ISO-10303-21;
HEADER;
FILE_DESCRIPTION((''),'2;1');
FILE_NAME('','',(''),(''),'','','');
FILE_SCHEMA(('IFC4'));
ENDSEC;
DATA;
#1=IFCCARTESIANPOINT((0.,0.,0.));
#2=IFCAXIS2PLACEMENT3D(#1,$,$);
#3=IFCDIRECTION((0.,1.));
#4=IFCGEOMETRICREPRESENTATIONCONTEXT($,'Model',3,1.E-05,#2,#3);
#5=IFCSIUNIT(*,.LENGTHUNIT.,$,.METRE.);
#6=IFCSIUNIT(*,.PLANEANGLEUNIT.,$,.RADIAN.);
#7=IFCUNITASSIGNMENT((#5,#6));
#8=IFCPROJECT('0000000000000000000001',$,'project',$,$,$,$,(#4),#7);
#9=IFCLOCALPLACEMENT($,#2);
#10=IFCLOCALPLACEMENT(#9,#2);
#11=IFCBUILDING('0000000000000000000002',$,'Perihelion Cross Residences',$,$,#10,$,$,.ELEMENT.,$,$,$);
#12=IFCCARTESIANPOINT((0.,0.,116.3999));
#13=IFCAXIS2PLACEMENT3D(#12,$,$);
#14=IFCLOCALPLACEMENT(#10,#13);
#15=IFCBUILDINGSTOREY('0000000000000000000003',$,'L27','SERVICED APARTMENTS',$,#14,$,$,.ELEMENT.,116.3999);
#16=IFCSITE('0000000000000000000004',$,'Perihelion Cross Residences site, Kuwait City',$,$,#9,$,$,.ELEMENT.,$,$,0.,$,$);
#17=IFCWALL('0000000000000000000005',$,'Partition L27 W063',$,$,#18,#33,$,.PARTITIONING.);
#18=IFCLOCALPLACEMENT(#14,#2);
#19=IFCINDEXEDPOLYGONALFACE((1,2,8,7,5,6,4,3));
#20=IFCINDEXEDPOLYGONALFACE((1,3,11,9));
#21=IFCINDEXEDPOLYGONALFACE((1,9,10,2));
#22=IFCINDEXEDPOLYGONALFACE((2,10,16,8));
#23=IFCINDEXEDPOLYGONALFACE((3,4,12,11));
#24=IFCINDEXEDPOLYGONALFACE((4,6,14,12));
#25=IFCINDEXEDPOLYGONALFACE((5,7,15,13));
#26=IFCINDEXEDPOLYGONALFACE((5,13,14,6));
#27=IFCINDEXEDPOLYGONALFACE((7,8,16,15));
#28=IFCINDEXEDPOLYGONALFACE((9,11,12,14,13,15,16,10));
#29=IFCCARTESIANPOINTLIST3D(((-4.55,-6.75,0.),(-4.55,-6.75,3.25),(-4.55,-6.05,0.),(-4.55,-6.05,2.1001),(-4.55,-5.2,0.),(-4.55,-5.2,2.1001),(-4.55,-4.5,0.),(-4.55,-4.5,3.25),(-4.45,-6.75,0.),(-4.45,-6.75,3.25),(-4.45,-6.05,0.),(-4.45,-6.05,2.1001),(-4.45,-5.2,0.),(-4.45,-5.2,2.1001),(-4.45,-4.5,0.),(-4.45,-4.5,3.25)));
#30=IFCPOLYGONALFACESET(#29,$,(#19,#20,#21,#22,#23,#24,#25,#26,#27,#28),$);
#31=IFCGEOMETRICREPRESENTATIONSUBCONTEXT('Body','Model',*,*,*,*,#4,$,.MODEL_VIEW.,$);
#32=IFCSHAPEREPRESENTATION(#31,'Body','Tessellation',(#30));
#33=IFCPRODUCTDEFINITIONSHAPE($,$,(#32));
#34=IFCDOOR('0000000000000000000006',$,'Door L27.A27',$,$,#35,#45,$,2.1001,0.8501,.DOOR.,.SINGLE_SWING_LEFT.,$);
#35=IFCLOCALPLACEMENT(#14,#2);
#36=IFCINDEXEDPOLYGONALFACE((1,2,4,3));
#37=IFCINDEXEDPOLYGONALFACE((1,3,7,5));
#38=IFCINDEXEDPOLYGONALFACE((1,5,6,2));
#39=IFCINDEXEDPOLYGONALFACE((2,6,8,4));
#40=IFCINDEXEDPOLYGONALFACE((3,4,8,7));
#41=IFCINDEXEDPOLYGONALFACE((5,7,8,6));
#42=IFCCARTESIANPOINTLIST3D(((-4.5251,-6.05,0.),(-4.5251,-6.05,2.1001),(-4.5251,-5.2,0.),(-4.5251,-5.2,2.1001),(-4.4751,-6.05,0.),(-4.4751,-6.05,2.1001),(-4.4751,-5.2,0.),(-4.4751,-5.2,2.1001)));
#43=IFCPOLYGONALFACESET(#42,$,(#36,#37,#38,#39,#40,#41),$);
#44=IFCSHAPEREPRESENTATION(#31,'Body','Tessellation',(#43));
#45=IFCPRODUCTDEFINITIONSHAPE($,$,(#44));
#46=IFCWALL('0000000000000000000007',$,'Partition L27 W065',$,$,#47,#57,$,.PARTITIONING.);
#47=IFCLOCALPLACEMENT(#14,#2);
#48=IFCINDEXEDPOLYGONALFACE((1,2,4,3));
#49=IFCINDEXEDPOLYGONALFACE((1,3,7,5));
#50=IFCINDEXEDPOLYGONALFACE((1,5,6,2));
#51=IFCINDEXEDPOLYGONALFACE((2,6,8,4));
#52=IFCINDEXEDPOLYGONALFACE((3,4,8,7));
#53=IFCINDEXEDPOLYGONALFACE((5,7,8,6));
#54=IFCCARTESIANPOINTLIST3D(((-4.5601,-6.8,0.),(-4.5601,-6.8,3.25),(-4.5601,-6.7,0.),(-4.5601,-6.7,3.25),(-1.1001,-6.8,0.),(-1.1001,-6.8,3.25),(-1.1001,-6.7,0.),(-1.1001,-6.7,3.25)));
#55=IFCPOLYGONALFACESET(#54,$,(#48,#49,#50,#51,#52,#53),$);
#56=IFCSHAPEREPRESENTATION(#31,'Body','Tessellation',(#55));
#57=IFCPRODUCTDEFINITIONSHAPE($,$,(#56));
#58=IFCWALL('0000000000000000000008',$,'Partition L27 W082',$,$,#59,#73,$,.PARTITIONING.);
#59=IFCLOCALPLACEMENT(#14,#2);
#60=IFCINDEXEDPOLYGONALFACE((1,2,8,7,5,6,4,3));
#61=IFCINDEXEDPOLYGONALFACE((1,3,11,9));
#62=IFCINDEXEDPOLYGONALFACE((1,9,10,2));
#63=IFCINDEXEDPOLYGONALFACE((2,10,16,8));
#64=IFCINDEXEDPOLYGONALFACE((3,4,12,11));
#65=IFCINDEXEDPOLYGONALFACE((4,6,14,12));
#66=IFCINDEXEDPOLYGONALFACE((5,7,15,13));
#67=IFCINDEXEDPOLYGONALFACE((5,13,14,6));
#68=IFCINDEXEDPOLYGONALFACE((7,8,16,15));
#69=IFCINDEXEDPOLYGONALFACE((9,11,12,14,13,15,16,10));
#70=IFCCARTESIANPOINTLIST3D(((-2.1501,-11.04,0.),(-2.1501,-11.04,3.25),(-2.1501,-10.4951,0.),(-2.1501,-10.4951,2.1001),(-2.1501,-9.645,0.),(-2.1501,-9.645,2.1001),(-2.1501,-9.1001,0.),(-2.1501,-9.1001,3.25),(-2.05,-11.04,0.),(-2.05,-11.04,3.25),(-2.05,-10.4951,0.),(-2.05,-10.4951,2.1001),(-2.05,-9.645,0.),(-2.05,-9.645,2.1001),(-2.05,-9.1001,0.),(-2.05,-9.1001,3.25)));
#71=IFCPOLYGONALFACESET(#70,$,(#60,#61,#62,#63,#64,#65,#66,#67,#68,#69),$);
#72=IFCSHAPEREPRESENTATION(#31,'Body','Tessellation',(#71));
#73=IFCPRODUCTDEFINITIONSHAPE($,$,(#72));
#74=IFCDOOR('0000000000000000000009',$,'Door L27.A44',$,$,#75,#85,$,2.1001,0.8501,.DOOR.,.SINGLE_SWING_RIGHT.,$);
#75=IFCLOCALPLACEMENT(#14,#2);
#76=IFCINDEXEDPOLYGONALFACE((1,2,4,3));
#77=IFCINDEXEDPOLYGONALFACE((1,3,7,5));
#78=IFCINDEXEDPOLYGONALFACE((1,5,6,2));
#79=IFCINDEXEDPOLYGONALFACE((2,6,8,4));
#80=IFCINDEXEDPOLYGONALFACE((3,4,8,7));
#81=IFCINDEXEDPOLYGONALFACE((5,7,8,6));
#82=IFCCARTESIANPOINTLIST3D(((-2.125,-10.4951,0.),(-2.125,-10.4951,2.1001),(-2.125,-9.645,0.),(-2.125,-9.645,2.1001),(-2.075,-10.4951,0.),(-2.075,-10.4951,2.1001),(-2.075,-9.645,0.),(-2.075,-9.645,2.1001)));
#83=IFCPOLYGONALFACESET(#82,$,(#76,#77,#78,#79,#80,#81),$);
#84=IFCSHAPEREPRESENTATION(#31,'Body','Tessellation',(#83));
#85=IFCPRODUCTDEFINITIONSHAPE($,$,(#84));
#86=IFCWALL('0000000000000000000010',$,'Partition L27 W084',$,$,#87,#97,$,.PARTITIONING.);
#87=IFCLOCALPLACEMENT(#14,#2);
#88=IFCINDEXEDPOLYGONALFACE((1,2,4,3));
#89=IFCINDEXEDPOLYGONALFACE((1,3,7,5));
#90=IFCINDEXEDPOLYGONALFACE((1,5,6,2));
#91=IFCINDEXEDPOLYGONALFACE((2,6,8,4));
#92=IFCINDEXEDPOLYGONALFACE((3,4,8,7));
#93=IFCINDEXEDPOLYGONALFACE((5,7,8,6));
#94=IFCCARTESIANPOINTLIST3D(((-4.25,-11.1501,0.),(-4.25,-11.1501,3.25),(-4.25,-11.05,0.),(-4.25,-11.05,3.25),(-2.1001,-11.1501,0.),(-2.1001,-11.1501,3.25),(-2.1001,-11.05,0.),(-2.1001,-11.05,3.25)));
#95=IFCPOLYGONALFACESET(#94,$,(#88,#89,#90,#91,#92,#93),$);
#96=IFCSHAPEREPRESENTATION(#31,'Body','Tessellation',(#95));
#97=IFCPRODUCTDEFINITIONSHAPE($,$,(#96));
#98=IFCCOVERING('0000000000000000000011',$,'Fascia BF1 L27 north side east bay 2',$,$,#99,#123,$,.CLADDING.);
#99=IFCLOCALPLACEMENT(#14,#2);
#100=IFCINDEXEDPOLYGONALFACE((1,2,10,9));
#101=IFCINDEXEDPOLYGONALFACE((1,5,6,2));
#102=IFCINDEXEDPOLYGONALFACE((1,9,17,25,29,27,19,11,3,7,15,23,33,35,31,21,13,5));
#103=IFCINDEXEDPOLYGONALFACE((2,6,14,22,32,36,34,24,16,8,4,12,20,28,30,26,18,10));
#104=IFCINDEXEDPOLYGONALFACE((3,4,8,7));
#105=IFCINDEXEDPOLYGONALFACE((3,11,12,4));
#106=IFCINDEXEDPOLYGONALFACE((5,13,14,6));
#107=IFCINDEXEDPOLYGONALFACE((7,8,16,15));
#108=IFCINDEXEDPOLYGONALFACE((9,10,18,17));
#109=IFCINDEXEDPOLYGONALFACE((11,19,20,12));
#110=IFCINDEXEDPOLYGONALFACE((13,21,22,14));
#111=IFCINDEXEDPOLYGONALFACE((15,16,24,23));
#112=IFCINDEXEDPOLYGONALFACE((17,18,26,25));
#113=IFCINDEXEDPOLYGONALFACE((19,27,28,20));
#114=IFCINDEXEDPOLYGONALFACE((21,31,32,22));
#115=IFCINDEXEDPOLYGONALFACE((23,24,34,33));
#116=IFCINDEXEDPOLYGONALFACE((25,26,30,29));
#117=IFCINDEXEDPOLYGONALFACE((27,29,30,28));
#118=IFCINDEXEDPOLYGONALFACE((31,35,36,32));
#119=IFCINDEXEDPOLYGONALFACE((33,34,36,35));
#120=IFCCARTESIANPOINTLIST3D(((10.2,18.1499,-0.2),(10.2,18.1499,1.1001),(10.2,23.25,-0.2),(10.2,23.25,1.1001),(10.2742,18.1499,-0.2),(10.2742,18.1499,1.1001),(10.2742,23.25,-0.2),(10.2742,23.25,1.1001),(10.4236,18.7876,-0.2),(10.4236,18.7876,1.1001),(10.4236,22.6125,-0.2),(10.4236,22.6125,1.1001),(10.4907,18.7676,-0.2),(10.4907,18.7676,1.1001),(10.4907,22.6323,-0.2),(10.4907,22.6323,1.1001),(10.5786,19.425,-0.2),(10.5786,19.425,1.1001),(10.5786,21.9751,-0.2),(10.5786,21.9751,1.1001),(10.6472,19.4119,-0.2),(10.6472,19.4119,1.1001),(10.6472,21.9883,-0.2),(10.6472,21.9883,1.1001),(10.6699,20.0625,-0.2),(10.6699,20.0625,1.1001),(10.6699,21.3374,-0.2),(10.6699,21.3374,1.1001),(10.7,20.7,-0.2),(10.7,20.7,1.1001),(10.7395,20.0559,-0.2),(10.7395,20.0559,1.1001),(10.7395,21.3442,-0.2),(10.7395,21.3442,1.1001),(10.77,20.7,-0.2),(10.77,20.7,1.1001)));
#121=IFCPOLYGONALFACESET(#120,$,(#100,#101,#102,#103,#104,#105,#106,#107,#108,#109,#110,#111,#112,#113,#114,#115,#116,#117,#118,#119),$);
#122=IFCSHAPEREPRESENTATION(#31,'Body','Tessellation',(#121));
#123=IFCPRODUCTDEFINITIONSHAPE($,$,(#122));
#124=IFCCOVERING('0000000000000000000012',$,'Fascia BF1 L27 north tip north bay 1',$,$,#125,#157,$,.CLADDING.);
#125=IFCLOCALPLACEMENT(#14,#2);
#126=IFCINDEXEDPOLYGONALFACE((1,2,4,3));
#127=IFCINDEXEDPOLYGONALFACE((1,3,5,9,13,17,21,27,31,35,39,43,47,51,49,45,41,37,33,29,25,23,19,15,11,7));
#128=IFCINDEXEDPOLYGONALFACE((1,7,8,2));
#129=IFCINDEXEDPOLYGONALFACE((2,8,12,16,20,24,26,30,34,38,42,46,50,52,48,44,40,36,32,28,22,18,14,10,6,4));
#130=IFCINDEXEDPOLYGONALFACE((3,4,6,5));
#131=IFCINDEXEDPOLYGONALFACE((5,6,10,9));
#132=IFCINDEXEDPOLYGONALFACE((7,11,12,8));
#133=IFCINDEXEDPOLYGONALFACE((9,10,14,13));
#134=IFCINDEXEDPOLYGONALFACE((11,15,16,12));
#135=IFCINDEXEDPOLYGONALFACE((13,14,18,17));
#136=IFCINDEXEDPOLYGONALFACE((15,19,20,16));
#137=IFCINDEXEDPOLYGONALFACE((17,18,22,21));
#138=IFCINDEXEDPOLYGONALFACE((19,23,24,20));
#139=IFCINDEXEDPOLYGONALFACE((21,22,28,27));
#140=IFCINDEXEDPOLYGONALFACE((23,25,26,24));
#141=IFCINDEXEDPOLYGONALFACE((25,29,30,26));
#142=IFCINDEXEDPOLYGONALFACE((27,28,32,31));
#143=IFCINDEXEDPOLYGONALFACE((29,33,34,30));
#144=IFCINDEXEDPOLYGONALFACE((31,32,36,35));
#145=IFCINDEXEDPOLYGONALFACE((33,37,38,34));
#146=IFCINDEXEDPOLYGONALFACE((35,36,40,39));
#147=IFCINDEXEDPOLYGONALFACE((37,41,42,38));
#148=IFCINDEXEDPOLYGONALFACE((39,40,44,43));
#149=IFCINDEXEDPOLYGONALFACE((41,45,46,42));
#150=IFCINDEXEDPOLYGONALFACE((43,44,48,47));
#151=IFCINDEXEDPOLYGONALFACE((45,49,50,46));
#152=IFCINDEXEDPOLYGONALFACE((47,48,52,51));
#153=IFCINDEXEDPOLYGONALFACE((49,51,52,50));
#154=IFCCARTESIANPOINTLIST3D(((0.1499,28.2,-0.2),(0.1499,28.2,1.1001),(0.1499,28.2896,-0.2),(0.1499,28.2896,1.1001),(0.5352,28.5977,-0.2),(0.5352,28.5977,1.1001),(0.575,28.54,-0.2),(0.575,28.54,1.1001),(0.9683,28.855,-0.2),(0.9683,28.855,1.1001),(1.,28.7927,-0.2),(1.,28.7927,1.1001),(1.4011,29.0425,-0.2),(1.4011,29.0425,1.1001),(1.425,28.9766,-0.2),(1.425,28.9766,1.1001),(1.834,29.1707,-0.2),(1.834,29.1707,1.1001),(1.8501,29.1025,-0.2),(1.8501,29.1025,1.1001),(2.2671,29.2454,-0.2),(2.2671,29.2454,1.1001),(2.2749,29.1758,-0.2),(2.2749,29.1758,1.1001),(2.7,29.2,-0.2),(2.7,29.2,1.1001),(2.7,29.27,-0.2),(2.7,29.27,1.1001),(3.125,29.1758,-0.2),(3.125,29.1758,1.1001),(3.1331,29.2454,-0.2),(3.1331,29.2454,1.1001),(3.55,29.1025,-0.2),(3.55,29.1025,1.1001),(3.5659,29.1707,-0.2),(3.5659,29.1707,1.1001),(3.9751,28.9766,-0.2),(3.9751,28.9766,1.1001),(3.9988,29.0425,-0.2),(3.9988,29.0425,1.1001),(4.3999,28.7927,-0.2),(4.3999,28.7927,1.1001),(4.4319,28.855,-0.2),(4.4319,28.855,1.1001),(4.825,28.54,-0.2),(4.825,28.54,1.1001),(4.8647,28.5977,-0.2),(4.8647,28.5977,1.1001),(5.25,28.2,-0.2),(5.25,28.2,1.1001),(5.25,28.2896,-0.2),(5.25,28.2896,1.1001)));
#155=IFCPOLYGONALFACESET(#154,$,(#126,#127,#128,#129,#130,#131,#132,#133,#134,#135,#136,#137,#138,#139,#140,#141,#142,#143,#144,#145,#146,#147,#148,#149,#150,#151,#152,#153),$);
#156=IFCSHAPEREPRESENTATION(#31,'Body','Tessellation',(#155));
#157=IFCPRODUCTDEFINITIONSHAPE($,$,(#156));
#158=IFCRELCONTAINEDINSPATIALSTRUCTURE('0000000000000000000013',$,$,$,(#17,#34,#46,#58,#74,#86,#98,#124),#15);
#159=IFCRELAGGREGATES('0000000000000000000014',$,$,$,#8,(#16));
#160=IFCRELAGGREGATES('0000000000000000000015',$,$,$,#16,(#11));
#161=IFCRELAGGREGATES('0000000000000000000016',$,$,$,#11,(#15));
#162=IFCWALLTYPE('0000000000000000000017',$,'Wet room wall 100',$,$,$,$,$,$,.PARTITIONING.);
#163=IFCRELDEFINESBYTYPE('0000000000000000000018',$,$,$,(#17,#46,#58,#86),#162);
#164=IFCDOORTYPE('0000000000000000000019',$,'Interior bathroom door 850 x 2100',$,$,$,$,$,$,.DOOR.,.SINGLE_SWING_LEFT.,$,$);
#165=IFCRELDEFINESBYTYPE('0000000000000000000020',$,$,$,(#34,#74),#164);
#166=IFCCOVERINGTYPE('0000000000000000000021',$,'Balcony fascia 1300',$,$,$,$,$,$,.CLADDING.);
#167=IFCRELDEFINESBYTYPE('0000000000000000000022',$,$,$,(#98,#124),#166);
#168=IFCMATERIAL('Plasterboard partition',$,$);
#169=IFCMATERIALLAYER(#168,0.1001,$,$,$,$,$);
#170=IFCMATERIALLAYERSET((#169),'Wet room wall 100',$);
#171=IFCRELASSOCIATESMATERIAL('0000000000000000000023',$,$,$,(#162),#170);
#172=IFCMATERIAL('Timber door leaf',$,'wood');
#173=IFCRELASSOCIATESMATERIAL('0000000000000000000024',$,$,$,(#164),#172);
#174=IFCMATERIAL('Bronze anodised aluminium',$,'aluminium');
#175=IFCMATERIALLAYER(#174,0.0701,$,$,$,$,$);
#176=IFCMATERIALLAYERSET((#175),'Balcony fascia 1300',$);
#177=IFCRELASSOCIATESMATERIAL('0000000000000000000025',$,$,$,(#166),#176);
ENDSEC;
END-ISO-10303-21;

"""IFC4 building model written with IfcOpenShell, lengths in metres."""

from ifc_helpers import new_model, si_unit, direction, frame, frame_2d, origin, place, context, subcontext, project, spatial, polyline, rectangle, outline, extrude, material, layer, layer_set, type_object, element, fill, save


model = new_model("IFC4")

# Units and contexts
model_context = context("Model", 3, precision=1e-05, world=origin(), true_north=direction((0.0, 1.0)))
body_context = subcontext(model_context, "Body", "Model", "MODEL_VIEW")
ifc_project = project(units=[si_unit("LENGTHUNIT", "METRE"), si_unit("PLANEANGLEUNIT", "RADIAN")], contexts=[model_context])

# Site, building, storey
site_placement = place(None, origin())
site = spatial("IfcSite", under=ifc_project, at=site_placement, Name="Perihelion Cross Residences site, Kuwait City", CompositionType="ELEMENT", RefElevation=0.0)
building_placement = place(site_placement, origin())
building = spatial("IfcBuilding", under=site, at=building_placement, Name="Perihelion Cross Residences", CompositionType="ELEMENT")
storey_placement = place(building_placement, frame((0.0, 0.0, 116.3999)))
storey = spatial("IfcBuildingStorey", under=building, at=storey_placement, Name="L27", Description="SERVICED APARTMENTS", CompositionType="ELEMENT", Elevation=116.3999)

# Wall, opening, door
ifc_material_1 = material(Name="Plasterboard partition")
ifc_layer_1 = layer(ifc_material_1, 0.1001)
ifc_layer_set_1 = layer_set([ifc_layer_1], Name="Wet room wall 100")
wall_type_1 = type_object("IfcWallType", Name="Wet room wall 100", PredefinedType="PARTITIONING", material=ifc_layer_set_1)
wall_1_placement = place(storey_placement, frame((-4.5, -4.5, 0.0), z_axis=(0.0, 0.0, 1.0), x_axis=(0.0, -1.0, 0.0)))
wall_1 = element("IfcWall", 1, at=wall_1_placement, inside=storey, type_object=wall_type_1, Name="Partition L27 W063", PredefinedType="PARTITIONING", context=body_context, shape_type="SweptSolid", body=[
    extrude(rectangle(XDim=2.25, YDim=0.1001, at=frame_2d((1.125, 0.0))), origin(), (0.0, 0.0, 1.0), 3.25),
])
opening_1_placement = place(wall_1_placement, frame((0.7, 0.0, 0.0)))
opening_1 = element("IfcOpeningElement", 2, at=opening_1_placement, cuts=wall_1, PredefinedType="OPENING", context=body_context, shape_type="SweptSolid", body=[
    extrude(rectangle(XDim=0.8501, YDim=2.1001, at=frame_2d((0.425, 1.05))), frame((0.0, 0.0601, 0.0), z_axis=(0.0, -1.0, 0.0), x_axis=(1.0, 0.0, 0.0)), (0.0, 0.0, 1.0), 0.1201),
])
ifc_material_2 = material(Name="Timber door leaf", Category="wood")
door_type_1 = type_object("IfcDoorType", Name="Interior bathroom door 850 x 2100", OperationType="SINGLE_SWING_LEFT", PredefinedType="DOOR", material=ifc_material_2)
door_1_placement = place(opening_1_placement, origin())
door_1 = element("IfcDoor", 3, at=door_1_placement, inside=storey, type_object=door_type_1, Name="Door L27.A27", OperationType="SINGLE_SWING_LEFT", OverallHeight=2.1001, OverallWidth=0.8501, PredefinedType="DOOR", context=body_context, shape_type="SweptSolid", body=[
    extrude(rectangle(XDim=0.8501, YDim=2.1001, at=frame_2d((0.425, 1.05))), frame((0.0, 0.0249, 0.0), z_axis=(0.0, -1.0, 0.0), x_axis=(1.0, 0.0, 0.0)), (0.0, 0.0, 1.0), 0.05),
])
fill(opening_1, door_1)

# Wall
wall_2_placement = place(storey_placement, frame((-1.1001, -6.75, 0.0), z_axis=(0.0, 0.0, 1.0), x_axis=(-1.0, 0.0, 0.0)))
element("IfcWall", 4, at=wall_2_placement, inside=storey, type_object=wall_type_1, Name="Partition L27 W065", PredefinedType="PARTITIONING", context=body_context, shape_type="SweptSolid", body=[
    extrude(rectangle(XDim=3.46, YDim=0.1001, at=frame_2d((1.73, 0.0))), origin(), (0.0, 0.0, 1.0), 3.25),
])

# Wall, opening, door
wall_3_placement = place(storey_placement, frame((-2.1001, -11.04, 0.0), z_axis=(0.0, 0.0, 1.0), x_axis=(0.0, 1.0, 0.0)))
wall_3 = element("IfcWall", 5, at=wall_3_placement, inside=storey, type_object=wall_type_1, Name="Partition L27 W082", PredefinedType="PARTITIONING", context=body_context, shape_type="SweptSolid", body=[
    extrude(rectangle(XDim=1.9399, YDim=0.1001, at=frame_2d((0.97, 0.0))), origin(), (0.0, 0.0, 1.0), 3.25),
])
opening_2_placement = place(wall_3_placement, frame((0.5449, 0.0, 0.0)))
opening_2 = element("IfcOpeningElement", 6, at=opening_2_placement, cuts=wall_3, PredefinedType="OPENING", context=body_context, shape_type="SweptSolid", body=[
    extrude(rectangle(XDim=0.8501, YDim=2.1001, at=frame_2d((0.425, 1.05))), frame((0.0, 0.0601, 0.0), z_axis=(0.0, -1.0, 0.0), x_axis=(1.0, 0.0, 0.0)), (0.0, 0.0, 1.0), 0.1201),
])
door_2_placement = place(opening_2_placement, origin())
door_2 = element("IfcDoor", 7, at=door_2_placement, inside=storey, type_object=door_type_1, Name="Door L27.A44", OperationType="SINGLE_SWING_RIGHT", OverallHeight=2.1001, OverallWidth=0.8501, PredefinedType="DOOR", context=body_context, shape_type="SweptSolid", body=[
    extrude(rectangle(XDim=0.8501, YDim=2.1001, at=frame_2d((0.425, 1.05))), frame((0.0, 0.0249, 0.0), z_axis=(0.0, -1.0, 0.0), x_axis=(1.0, 0.0, 0.0)), (0.0, 0.0, 1.0), 0.05),
])
fill(opening_2, door_2)

# Wall
wall_4_placement = place(storey_placement, frame((-2.1001, -11.1001, 0.0), z_axis=(0.0, 0.0, 1.0), x_axis=(-1.0, 0.0, 0.0)))
element("IfcWall", 8, at=wall_4_placement, inside=storey, type_object=wall_type_1, Name="Partition L27 W084", PredefinedType="PARTITIONING", context=body_context, shape_type="SweptSolid", body=[
    extrude(rectangle(XDim=2.1499, YDim=0.1001, at=frame_2d((1.075, 0.0))), origin(), (0.0, 0.0, 1.0), 3.25),
])

# Coverings
ifc_material_3 = material(Name="Bronze anodised aluminium", Category="aluminium")
ifc_layer_2 = layer(ifc_material_3, 0.0701)
ifc_layer_set_2 = layer_set([ifc_layer_2], Name="Balcony fascia 1300")
covering_type = type_object("IfcCoveringType", Name="Balcony fascia 1300", PredefinedType="CLADDING", material=ifc_layer_set_2)
covering_1_placement = place(storey_placement, frame((0.0, 0.0, -0.2)))
element("IfcCovering", 9, at=covering_1_placement, inside=storey, type_object=covering_type, Name="Fascia BF1 L27 north side east bay 2", PredefinedType="CLADDING", context=body_context, shape_type="SweptSolid", body=[
    extrude(outline(polyline([(10.4907, 18.7676), (10.6472, 19.4119), (10.7395, 20.0559), (10.77, 20.7), (10.7395, 21.3442), (10.6472, 21.9883), (10.4907, 22.6323), (10.2742, 23.25), (10.2, 23.25), (10.4236, 22.6125), (10.5786, 21.9751), (10.6699, 21.3374), (10.7, 20.7), (10.6699, 20.0625), (10.5786, 19.425), (10.4236, 18.7876), (10.2, 18.1499), (10.2742, 18.1499), (10.4907, 18.7676)])), origin(), (0.0, 0.0, 1.0), 1.3),
])
covering_2_placement = place(storey_placement, frame((0.0, 0.0, -0.2)))
element("IfcCovering", 10, at=covering_2_placement, inside=storey, type_object=covering_type, Name="Fascia BF1 L27 north tip north bay 1", PredefinedType="CLADDING", context=body_context, shape_type="SweptSolid", body=[
    extrude(outline(polyline([(4.8647, 28.5977), (4.4319, 28.855), (3.9988, 29.0425), (3.5659, 29.1707), (3.1331, 29.2454), (2.7, 29.27), (2.2671, 29.2454), (1.834, 29.1707), (1.4011, 29.0425), (0.9683, 28.855), (0.5352, 28.5977), (0.1499, 28.2896), (0.1499, 28.2), (0.575, 28.54), (1.0, 28.7927), (1.425, 28.9766), (1.8501, 29.1025), (2.2749, 29.1758), (2.7, 29.2), (3.125, 29.1758), (3.55, 29.1025), (3.9751, 28.9766), (4.3999, 28.7927), (4.825, 28.54), (5.25, 28.2), (5.25, 28.2896), (4.8647, 28.5977)])), origin(), (0.0, 0.0, 1.0), 1.3),
])

save(model, "model.ifc")
